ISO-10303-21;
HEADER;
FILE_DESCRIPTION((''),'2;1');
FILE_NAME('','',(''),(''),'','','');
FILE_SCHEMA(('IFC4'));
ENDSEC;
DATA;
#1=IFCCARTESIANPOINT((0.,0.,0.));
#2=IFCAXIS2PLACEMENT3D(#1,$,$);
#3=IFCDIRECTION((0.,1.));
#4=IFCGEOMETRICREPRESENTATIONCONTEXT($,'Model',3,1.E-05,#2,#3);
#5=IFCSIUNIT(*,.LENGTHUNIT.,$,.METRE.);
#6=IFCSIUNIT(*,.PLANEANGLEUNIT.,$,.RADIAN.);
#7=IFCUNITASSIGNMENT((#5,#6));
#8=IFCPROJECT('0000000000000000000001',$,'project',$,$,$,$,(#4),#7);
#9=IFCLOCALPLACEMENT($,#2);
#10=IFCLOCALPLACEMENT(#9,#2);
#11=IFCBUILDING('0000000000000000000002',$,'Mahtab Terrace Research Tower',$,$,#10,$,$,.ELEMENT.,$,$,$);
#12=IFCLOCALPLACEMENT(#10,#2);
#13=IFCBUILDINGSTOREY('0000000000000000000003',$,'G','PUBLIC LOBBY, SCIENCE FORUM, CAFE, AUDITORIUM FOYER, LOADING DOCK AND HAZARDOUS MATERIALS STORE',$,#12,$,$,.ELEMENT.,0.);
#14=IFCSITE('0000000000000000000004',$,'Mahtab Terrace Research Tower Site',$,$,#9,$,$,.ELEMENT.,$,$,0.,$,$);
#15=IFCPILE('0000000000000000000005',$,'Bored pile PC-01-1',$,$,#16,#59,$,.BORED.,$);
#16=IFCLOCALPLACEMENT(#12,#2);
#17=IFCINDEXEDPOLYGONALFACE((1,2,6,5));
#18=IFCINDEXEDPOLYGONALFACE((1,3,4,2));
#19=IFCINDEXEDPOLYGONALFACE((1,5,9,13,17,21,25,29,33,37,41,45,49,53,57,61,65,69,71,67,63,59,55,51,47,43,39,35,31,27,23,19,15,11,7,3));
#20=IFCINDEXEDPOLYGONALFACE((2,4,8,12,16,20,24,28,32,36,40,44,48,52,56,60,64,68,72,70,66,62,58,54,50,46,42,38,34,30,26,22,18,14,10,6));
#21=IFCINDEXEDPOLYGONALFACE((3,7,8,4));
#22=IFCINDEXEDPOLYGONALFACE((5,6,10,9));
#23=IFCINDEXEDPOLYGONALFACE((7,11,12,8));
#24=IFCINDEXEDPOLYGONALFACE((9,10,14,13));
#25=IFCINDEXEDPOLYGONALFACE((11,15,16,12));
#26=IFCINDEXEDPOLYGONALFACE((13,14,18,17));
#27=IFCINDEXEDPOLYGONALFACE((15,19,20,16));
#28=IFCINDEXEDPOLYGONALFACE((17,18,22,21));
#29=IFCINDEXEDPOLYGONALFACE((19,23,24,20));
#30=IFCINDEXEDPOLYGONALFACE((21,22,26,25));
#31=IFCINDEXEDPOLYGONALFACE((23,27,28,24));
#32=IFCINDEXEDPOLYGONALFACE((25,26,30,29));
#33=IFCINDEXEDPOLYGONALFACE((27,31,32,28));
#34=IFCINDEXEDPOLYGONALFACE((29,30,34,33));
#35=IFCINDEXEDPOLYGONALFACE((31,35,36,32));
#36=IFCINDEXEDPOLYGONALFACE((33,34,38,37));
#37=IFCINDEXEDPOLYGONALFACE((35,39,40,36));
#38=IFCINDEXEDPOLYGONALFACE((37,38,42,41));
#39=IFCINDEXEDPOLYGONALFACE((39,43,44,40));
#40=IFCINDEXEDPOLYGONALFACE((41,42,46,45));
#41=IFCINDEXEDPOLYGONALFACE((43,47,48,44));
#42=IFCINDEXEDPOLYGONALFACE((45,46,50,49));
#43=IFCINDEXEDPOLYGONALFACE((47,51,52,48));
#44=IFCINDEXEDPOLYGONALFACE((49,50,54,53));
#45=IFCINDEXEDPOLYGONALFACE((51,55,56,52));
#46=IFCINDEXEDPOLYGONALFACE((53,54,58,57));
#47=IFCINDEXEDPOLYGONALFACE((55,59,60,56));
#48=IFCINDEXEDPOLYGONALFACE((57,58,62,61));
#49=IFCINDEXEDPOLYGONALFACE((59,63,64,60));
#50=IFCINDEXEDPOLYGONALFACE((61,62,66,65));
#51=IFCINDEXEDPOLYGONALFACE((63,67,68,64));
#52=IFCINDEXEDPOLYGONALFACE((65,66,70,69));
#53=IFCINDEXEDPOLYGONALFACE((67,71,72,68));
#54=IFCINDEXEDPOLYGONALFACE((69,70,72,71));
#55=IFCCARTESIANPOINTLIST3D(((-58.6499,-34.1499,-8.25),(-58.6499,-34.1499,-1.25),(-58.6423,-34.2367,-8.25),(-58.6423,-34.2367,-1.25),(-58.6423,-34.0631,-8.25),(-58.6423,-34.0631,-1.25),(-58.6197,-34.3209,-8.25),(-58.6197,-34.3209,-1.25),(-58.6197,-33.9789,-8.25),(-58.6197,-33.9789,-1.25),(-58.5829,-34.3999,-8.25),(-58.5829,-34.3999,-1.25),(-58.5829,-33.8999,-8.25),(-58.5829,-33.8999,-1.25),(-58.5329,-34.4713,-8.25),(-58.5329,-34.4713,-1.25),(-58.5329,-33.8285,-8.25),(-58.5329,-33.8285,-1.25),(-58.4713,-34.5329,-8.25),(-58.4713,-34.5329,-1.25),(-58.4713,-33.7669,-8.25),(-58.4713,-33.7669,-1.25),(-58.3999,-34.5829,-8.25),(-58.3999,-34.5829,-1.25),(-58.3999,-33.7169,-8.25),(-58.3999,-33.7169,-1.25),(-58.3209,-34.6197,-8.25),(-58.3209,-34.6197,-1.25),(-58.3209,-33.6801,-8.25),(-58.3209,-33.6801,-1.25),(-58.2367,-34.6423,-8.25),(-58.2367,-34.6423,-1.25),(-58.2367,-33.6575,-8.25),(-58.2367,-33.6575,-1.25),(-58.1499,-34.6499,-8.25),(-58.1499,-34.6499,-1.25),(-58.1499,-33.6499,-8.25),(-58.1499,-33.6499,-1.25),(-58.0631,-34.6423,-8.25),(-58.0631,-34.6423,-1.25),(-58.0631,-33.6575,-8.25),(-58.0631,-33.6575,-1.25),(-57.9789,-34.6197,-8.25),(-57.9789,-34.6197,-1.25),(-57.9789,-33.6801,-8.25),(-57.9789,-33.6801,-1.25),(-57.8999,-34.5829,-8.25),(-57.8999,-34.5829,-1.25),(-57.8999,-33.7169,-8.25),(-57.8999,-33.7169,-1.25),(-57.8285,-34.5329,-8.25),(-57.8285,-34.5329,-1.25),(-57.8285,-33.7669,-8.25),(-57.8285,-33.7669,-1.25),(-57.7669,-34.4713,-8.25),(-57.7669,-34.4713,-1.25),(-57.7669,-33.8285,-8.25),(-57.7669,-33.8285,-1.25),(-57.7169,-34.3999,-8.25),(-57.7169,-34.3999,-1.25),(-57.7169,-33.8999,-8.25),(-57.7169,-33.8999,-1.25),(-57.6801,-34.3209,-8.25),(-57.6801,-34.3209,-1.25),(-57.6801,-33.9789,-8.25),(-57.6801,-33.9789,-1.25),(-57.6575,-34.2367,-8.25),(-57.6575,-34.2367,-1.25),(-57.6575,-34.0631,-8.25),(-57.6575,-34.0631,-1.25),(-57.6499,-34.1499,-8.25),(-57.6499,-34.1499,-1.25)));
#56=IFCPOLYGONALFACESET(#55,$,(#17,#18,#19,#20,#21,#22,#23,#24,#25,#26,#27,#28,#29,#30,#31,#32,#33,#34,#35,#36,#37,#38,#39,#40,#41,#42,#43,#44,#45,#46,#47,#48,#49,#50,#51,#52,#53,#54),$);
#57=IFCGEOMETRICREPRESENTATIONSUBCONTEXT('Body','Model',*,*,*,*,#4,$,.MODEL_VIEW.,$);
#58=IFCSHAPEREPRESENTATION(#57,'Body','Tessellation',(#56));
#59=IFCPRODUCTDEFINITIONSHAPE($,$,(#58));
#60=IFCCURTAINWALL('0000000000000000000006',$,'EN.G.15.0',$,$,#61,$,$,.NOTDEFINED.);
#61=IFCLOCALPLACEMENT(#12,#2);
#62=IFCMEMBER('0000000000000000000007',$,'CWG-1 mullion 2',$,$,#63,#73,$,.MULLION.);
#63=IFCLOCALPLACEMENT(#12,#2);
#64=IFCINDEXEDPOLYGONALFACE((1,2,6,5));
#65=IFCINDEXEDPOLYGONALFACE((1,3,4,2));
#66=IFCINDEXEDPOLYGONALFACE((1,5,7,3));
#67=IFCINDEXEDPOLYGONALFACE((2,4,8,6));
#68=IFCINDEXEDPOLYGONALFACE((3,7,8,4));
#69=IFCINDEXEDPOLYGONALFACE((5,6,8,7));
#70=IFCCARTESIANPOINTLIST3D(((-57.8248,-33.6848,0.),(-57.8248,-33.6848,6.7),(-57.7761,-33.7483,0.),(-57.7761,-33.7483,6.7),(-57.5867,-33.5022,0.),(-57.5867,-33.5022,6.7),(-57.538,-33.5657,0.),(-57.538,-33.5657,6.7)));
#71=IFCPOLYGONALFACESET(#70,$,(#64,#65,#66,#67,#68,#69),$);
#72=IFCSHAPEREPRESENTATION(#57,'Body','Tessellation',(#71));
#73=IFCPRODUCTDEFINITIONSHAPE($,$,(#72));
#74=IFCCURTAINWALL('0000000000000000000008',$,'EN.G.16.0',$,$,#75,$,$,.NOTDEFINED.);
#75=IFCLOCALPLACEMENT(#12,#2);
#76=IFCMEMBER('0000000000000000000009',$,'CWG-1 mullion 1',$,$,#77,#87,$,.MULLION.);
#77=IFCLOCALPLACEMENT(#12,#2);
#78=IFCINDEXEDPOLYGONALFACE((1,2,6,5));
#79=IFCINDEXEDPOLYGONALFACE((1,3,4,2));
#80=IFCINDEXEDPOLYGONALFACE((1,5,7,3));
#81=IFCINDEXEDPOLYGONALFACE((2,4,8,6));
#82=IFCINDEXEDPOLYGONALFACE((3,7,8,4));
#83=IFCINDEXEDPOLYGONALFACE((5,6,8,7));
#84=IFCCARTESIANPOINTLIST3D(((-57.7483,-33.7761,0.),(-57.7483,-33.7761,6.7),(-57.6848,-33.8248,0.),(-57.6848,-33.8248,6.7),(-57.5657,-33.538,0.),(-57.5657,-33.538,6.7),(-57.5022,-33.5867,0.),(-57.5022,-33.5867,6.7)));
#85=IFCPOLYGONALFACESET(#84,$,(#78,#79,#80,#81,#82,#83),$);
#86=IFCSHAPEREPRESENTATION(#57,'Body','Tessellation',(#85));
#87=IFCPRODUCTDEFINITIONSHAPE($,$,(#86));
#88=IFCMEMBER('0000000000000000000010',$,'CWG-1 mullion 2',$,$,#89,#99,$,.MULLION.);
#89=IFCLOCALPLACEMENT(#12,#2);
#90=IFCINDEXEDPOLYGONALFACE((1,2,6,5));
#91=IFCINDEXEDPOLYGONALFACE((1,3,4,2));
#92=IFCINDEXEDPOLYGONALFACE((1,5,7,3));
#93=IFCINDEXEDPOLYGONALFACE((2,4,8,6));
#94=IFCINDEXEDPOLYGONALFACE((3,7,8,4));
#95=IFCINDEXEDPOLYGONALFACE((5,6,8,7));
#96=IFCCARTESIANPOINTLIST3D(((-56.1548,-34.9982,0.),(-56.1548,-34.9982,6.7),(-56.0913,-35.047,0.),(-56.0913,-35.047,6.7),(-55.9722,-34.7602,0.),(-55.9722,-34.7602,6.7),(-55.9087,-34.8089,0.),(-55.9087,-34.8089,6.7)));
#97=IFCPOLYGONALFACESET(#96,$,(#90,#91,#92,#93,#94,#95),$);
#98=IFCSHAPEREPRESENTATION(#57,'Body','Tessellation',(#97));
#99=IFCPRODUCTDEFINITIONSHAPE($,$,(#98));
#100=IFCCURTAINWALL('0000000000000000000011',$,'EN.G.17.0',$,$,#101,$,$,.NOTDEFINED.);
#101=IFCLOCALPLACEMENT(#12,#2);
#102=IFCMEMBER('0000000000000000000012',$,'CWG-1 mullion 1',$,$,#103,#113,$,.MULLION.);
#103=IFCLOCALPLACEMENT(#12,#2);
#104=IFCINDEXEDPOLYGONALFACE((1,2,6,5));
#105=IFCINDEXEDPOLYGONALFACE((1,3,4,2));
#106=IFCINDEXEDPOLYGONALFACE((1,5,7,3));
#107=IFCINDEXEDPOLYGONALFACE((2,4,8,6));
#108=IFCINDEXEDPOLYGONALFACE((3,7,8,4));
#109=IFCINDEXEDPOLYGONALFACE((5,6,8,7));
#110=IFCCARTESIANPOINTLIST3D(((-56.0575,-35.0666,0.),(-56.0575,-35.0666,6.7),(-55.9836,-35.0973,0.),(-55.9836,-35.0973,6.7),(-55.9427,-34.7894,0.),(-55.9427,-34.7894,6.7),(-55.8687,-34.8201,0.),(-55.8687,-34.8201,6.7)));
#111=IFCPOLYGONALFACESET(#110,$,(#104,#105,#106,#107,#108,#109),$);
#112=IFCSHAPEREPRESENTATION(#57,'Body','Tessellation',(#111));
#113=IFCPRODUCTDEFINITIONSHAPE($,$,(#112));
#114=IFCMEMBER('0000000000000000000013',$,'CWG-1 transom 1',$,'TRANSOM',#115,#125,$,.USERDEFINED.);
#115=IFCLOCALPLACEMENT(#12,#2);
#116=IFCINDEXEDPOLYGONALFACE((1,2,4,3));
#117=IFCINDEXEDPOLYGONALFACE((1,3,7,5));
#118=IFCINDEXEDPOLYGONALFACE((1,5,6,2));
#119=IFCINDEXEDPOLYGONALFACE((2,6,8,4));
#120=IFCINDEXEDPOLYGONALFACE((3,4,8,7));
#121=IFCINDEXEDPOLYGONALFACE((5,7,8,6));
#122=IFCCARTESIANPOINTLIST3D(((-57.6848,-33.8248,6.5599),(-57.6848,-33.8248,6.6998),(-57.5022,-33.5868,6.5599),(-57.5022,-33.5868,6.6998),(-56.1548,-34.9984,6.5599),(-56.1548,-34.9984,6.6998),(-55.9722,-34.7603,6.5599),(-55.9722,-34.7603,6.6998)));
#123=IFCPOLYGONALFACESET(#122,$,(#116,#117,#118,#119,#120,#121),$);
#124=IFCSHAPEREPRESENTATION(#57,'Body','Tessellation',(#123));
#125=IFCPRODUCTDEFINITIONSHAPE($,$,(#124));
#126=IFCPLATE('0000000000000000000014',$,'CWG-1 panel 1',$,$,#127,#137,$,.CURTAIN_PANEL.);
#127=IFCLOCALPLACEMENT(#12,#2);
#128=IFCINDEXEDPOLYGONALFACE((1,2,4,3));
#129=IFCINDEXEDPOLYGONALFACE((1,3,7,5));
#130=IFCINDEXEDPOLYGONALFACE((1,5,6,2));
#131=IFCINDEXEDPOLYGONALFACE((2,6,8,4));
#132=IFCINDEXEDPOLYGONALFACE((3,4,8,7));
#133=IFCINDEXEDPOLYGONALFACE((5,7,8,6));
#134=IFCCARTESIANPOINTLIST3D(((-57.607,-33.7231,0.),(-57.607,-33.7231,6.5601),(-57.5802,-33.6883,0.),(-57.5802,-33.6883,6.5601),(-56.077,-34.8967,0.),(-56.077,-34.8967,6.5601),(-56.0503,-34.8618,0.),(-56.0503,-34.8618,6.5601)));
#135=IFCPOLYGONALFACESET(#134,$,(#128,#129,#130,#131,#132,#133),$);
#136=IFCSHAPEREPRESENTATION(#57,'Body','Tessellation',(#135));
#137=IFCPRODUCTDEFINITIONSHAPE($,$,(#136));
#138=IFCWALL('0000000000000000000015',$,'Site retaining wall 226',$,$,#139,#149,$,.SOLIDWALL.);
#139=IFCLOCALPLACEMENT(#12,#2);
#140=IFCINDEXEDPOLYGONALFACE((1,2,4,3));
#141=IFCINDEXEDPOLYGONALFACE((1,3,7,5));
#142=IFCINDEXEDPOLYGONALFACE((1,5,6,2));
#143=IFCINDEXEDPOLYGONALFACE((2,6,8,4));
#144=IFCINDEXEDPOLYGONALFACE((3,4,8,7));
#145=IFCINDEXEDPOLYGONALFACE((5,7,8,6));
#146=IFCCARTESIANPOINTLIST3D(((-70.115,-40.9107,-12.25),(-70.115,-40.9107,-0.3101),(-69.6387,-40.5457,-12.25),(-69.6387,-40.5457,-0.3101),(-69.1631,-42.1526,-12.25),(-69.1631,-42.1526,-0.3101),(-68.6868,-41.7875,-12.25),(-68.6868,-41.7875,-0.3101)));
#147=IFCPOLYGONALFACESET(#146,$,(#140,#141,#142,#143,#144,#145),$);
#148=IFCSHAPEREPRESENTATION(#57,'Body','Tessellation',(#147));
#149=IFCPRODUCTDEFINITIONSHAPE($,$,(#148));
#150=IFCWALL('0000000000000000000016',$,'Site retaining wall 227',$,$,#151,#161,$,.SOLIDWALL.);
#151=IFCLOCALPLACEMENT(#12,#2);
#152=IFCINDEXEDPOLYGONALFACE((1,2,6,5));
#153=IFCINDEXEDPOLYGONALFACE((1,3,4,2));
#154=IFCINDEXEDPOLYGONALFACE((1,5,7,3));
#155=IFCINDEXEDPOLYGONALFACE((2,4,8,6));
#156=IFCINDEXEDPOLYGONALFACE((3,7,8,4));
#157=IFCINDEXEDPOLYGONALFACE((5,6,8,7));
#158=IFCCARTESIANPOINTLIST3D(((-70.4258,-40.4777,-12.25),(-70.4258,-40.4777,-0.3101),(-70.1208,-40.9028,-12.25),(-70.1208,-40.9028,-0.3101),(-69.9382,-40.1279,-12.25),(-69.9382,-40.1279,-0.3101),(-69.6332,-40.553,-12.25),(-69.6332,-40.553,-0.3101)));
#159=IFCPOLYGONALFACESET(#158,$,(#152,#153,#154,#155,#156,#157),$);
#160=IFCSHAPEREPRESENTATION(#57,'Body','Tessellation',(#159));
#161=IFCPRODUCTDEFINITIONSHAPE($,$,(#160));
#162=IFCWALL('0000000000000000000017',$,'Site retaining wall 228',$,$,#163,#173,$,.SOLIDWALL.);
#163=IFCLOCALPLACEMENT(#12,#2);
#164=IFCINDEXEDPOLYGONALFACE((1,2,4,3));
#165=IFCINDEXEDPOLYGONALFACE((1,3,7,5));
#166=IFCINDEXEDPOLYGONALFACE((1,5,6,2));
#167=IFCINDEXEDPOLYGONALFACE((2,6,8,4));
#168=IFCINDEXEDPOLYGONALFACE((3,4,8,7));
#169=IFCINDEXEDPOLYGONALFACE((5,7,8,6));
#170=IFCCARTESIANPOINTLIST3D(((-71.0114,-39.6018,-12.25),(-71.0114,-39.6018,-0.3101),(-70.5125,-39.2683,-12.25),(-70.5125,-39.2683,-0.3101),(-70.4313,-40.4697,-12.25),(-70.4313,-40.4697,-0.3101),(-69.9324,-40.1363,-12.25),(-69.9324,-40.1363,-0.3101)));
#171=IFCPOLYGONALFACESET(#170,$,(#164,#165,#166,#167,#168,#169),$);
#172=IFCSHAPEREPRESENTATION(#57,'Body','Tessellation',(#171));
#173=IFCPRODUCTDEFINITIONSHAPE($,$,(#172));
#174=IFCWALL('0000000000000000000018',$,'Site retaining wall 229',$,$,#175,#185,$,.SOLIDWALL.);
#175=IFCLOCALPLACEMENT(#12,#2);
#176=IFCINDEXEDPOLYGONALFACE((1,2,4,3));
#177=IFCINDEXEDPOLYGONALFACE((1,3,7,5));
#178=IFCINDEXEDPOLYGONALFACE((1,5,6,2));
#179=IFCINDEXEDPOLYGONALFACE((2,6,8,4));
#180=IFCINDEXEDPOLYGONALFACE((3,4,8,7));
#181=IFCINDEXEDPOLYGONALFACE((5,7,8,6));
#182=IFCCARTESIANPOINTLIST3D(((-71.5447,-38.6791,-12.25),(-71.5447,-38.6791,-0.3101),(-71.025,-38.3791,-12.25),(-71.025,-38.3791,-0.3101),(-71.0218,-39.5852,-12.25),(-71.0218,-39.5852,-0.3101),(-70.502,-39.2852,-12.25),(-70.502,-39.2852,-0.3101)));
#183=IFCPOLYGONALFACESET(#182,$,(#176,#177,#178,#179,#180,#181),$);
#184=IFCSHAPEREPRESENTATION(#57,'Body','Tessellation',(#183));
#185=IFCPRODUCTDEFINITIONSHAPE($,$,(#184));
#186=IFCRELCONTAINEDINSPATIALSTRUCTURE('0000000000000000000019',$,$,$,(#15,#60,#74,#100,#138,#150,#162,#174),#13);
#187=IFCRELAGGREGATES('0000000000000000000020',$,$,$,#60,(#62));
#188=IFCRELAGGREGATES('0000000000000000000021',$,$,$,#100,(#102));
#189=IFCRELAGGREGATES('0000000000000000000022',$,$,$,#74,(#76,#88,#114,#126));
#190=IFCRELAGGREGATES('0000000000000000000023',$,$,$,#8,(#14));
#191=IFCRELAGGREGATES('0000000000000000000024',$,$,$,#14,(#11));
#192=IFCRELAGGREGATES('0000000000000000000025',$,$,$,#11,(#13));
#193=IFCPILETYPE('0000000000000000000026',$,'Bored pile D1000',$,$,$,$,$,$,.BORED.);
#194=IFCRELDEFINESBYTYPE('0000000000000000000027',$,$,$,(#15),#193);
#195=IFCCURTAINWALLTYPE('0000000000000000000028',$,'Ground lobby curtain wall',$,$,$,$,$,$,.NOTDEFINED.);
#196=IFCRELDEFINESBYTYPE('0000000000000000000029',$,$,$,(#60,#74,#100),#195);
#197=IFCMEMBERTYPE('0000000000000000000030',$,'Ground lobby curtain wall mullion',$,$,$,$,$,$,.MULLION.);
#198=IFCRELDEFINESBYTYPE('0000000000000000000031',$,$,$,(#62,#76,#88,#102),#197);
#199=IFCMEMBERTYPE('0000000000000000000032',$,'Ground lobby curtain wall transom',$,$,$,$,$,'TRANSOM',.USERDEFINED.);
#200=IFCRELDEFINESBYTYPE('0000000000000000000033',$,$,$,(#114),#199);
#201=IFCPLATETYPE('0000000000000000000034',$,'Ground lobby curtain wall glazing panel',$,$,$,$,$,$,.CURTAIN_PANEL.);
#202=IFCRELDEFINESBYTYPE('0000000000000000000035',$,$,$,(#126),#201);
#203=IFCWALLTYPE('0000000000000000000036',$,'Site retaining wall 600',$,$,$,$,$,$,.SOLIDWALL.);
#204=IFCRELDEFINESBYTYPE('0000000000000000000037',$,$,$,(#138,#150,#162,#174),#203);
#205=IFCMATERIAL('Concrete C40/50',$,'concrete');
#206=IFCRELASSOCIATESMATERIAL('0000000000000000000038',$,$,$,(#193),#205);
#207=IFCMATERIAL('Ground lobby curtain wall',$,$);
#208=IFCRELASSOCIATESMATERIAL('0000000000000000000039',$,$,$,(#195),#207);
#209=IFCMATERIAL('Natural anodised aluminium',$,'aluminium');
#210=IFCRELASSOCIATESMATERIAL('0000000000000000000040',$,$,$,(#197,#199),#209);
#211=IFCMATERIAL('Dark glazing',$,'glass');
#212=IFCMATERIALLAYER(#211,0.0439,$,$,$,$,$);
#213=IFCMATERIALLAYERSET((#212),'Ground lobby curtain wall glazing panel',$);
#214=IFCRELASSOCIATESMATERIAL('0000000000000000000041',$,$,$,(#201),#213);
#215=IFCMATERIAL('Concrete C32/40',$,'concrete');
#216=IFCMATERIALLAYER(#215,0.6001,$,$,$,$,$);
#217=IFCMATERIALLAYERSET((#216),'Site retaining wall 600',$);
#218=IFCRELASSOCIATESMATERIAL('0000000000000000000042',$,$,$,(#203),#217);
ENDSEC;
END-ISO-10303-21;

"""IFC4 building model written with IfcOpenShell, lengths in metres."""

from ifc_helpers import new_model, si_unit, direction, frame, frame_2d, origin, origin_2d, place, context, subcontext, project, spatial, rectangle, circle, extrude, material, layer, layer_set, material_profile, profile_set, type_object, element, aggregate, save


model = new_model("IFC4")

# Units and contexts
model_context = context("Model", 3, precision=1e-05, world=origin(), true_north=direction((0.0, 1.0)))
body_context = subcontext(model_context, "Body", "Model", "MODEL_VIEW")
ifc_project = project(units=[si_unit("LENGTHUNIT", "METRE"), si_unit("PLANEANGLEUNIT", "RADIAN")], contexts=[model_context])

# Site, building, storey
site_placement = place(None, origin())
site = spatial("IfcSite", under=ifc_project, at=site_placement, Name="Mahtab Terrace Research Tower Site", CompositionType="ELEMENT", RefElevation=0.0)
building_placement = place(site_placement, origin())
building = spatial("IfcBuilding", under=site, at=building_placement, Name="Mahtab Terrace Research Tower", CompositionType="ELEMENT")
storey_placement = place(building_placement, origin())
storey = spatial("IfcBuildingStorey", under=building, at=storey_placement, Name="G", Description="PUBLIC LOBBY, SCIENCE FORUM, CAFE, AUDITORIUM FOYER, LOADING DOCK AND HAZARDOUS MATERIALS STORE", CompositionType="ELEMENT", Elevation=0.0)

# Pile
ifc_material_1 = material(Name="Concrete C40/50", Category="concrete")
ifc_material_profile_1 = material_profile(ifc_material_1, circle(Radius=0.5, at=origin_2d()), Name="Bored pile D1000")
ifc_profile_set_1 = profile_set([ifc_material_profile_1], Name="Concrete C40/50")
pile_type = type_object("IfcPileType", Name="Bored pile D1000", PredefinedType="BORED", material=ifc_profile_set_1)
pile_placement = place(storey_placement, frame((-58.1499, -34.1499, -1.25), z_axis=(0.0, 0.0, -1.0), x_axis=(1.0, 0.0, 0.0)))
element("IfcPile", 1, at=pile_placement, inside=storey, type_object=pile_type, Name="Bored pile PC-01-1", PredefinedType="BORED", context=body_context, shape_type="SweptSolid", body=[
    extrude(circle(Radius=0.5, at=origin_2d()), origin(), (0.0, 0.0, 1.0), 7.0),
])

# Curtain wall, member
ifc_material_2 = material(Name="Ground lobby curtain wall")
curtain_wall_type = type_object("IfcCurtainWallType", Name="Ground lobby curtain wall", PredefinedType="NOTDEFINED", material=ifc_material_2)
curtain_wall_1_placement = place(storey_placement, origin())
curtain_wall_1 = element("IfcCurtainWall", 2, at=curtain_wall_1_placement, inside=storey, type_object=curtain_wall_type, Name="EN.G.15.0", PredefinedType="NOTDEFINED")
ifc_material_3 = material(Name="Natural anodised aluminium", Category="aluminium")
ifc_material_profile_2 = material_profile(ifc_material_3, rectangle(XDim=0.3, YDim=0.0801, at=origin_2d()), Name="MULLION 80x300")
ifc_profile_set_2 = profile_set([ifc_material_profile_2], Name="Natural anodised aluminium")
member_type_1 = type_object("IfcMemberType", Name="Ground lobby curtain wall mullion", PredefinedType="MULLION", material=ifc_profile_set_2)
member_1_placement = place(storey_placement, frame((-57.6814, -33.6252, 0.0), z_axis=(0.0, 0.0, 1.0), x_axis=(0.79346, 0.608623, 0.0)))
member_1 = element("IfcMember", 3, at=member_1_placement, type_object=member_type_1, Name="CWG-1 mullion 2", PredefinedType="MULLION", context=body_context, shape_type="SweptSolid", body=[
    extrude(rectangle(XDim=0.3, YDim=0.0801, at=origin_2d()), origin(), (0.0, 0.0, 1.0), 6.7),
])
aggregate(curtain_wall_1, [member_1])

# Curtain wall, members
curtain_wall_2_placement = place(storey_placement, origin())
curtain_wall_2 = element("IfcCurtainWall", 4, at=curtain_wall_2_placement, inside=storey, type_object=curtain_wall_type, Name="EN.G.16.0", PredefinedType="NOTDEFINED")
member_2_placement = place(storey_placement, frame((-57.6252, -33.6814, 0.0), z_axis=(0.0, 0.0, 1.0), x_axis=(0.608623, 0.79346, 0.0)))
member_2 = element("IfcMember", 5, at=member_2_placement, type_object=member_type_1, Name="CWG-1 mullion 1", PredefinedType="MULLION", context=body_context, shape_type="SweptSolid", body=[
    extrude(rectangle(XDim=0.3, YDim=0.0801, at=origin_2d()), origin(), (0.0, 0.0, 1.0), 6.7),
])
member_3_placement = place(storey_placement, frame((-56.0317, -34.9036, 0.0), z_axis=(0.0, 0.0, 1.0), x_axis=(0.608623, 0.79346, 0.0)))
member_3 = element("IfcMember", 6, at=member_3_placement, type_object=member_type_1, Name="CWG-1 mullion 2", PredefinedType="MULLION", context=body_context, shape_type="SweptSolid", body=[
    extrude(rectangle(XDim=0.3, YDim=0.0801, at=origin_2d()), origin(), (0.0, 0.0, 1.0), 6.7),
])

# Curtain wall, member
curtain_wall_3_placement = place(storey_placement, origin())
curtain_wall_3 = element("IfcCurtainWall", 7, at=curtain_wall_3_placement, inside=storey, type_object=curtain_wall_type, Name="EN.G.17.0", PredefinedType="NOTDEFINED")
member_4_placement = place(storey_placement, frame((-55.9631, -34.9434, 0.0), z_axis=(0.0, 0.0, 1.0), x_axis=(0.382676, 0.923883, 0.0)))
member_4 = element("IfcMember", 8, at=member_4_placement, type_object=member_type_1, Name="CWG-1 mullion 1", PredefinedType="MULLION", context=body_context, shape_type="SweptSolid", body=[
    extrude(rectangle(XDim=0.3, YDim=0.0801, at=origin_2d()), origin(), (0.0, 0.0, 1.0), 6.7),
])
aggregate(curtain_wall_3, [member_4])

# Member
ifc_material_profile_3 = material_profile(ifc_material_3, rectangle(XDim=0.3, YDim=0.1399, at=origin_2d()), Name="TRANSOM 140x300")
ifc_profile_set_3 = profile_set([ifc_material_profile_3], Name="Natural anodised aluminium")
member_type_2 = type_object("IfcMemberType", Name="Ground lobby curtain wall transom", ElementType="TRANSOM", PredefinedType="USERDEFINED", material=ifc_profile_set_3)
member_5_placement = place(storey_placement, frame((-57.5935, -33.7058, 6.6299), z_axis=(0.793466, -0.608615, 0.0), x_axis=(0.608615, 0.793466, 0.0)))
member_5 = element("IfcMember", 9, at=member_5_placement, type_object=member_type_2, Name="CWG-1 transom 1", ObjectType="TRANSOM", PredefinedType="USERDEFINED", context=body_context, shape_type="SweptSolid", body=[
    extrude(rectangle(XDim=0.3, YDim=0.1399, at=origin_2d()), origin(), (0.0, 0.0, 1.0), 1.9282),
])

# Plate
ifc_material_4 = material(Name="Dark glazing", Category="glass")
ifc_layer_1 = layer(ifc_material_4, 0.0439)
ifc_layer_set_1 = layer_set([ifc_layer_1], Name="Ground lobby curtain wall glazing panel")
plate_type = type_object("IfcPlateType", Name="Ground lobby curtain wall glazing panel", PredefinedType="CURTAIN_PANEL", material=ifc_layer_set_1)
plate_placement = place(storey_placement, frame((-56.8286, -34.2925, 0.0), z_axis=(0.0, 0.0, 1.0), x_axis=(0.79346, -0.608623, 0.0)))
plate = element("IfcPlate", 10, at=plate_placement, type_object=plate_type, Name="CWG-1 panel 1", PredefinedType="CURTAIN_PANEL", context=body_context, shape_type="SweptSolid", body=[
    extrude(rectangle(XDim=1.9282, YDim=0.0439, at=origin_2d()), origin(), (0.0, 0.0, 1.0), 6.5601),
])
aggregate(curtain_wall_2, [member_2, member_3, member_5, plate])

# Walls
ifc_material_5 = material(Name="Concrete C32/40", Category="concrete")
ifc_layer_2 = layer(ifc_material_5, 0.6001)
ifc_layer_set_2 = layer_set([ifc_layer_2], Name="Site retaining wall 600")
wall_type = type_object("IfcWallType", Name="Site retaining wall 600", PredefinedType="SOLIDWALL", material=ifc_layer_set_2)
wall_1_placement = place(storey_placement, frame((-68.925, -41.97, -12.25), z_axis=(0.0, 0.0, 1.0), x_axis=(-0.60833, 0.793684, 0.0)))
element("IfcWall", 11, at=wall_1_placement, inside=storey, type_object=wall_type, Name="Site retaining wall 226", PredefinedType="SOLIDWALL", context=body_context, shape_type="SweptSolid", body=[
    extrude(rectangle(XDim=1.5647, YDim=0.6001, at=frame_2d((0.7822, 0.0))), origin(), (0.0, 0.0, 1.0), 11.9399),
])
wall_2_placement = place(storey_placement, frame((-69.877, -40.728, -12.25), z_axis=(0.0, 0.0, 1.0), x_axis=(-0.582915, 0.812533, 0.0)))
element("IfcWall", 12, at=wall_2_placement, inside=storey, type_object=wall_type, Name="Site retaining wall 227", PredefinedType="SOLIDWALL", context=body_context, shape_type="SweptSolid", body=[
    extrude(rectangle(XDim=0.5232, YDim=0.6001, at=frame_2d((0.2617, 0.0))), origin(), (0.0, 0.0, 1.0), 11.9399),
])
wall_3_placement = place(storey_placement, frame((-70.1819, -40.303, -12.25), z_axis=(0.0, 0.0, 1.0), x_axis=(-0.555671, 0.831402, 0.0)))
element("IfcWall", 13, at=wall_3_placement, inside=storey, type_object=wall_type, Name="Site retaining wall 228", PredefinedType="SOLIDWALL", context=body_context, shape_type="SweptSolid", body=[
    extrude(rectangle(XDim=1.0439, YDim=0.6001, at=frame_2d((0.522, 0.0))), origin(), (0.0, 0.0, 1.0), 11.9399),
])
wall_4_placement = place(storey_placement, frame((-70.762, -39.4351, -12.25), z_axis=(0.0, 0.0, 1.0), x_axis=(-0.499904, 0.866081, 0.0)))
element("IfcWall", 14, at=wall_4_placement, inside=storey, type_object=wall_type, Name="Site retaining wall 229", PredefinedType="SOLIDWALL", context=body_context, shape_type="SweptSolid", body=[
    extrude(rectangle(XDim=1.0461, YDim=0.6001, at=frame_2d((0.5229, 0.0))), origin(), (0.0, 0.0, 1.0), 11.9399),
])

save(model, "model.ifc")
